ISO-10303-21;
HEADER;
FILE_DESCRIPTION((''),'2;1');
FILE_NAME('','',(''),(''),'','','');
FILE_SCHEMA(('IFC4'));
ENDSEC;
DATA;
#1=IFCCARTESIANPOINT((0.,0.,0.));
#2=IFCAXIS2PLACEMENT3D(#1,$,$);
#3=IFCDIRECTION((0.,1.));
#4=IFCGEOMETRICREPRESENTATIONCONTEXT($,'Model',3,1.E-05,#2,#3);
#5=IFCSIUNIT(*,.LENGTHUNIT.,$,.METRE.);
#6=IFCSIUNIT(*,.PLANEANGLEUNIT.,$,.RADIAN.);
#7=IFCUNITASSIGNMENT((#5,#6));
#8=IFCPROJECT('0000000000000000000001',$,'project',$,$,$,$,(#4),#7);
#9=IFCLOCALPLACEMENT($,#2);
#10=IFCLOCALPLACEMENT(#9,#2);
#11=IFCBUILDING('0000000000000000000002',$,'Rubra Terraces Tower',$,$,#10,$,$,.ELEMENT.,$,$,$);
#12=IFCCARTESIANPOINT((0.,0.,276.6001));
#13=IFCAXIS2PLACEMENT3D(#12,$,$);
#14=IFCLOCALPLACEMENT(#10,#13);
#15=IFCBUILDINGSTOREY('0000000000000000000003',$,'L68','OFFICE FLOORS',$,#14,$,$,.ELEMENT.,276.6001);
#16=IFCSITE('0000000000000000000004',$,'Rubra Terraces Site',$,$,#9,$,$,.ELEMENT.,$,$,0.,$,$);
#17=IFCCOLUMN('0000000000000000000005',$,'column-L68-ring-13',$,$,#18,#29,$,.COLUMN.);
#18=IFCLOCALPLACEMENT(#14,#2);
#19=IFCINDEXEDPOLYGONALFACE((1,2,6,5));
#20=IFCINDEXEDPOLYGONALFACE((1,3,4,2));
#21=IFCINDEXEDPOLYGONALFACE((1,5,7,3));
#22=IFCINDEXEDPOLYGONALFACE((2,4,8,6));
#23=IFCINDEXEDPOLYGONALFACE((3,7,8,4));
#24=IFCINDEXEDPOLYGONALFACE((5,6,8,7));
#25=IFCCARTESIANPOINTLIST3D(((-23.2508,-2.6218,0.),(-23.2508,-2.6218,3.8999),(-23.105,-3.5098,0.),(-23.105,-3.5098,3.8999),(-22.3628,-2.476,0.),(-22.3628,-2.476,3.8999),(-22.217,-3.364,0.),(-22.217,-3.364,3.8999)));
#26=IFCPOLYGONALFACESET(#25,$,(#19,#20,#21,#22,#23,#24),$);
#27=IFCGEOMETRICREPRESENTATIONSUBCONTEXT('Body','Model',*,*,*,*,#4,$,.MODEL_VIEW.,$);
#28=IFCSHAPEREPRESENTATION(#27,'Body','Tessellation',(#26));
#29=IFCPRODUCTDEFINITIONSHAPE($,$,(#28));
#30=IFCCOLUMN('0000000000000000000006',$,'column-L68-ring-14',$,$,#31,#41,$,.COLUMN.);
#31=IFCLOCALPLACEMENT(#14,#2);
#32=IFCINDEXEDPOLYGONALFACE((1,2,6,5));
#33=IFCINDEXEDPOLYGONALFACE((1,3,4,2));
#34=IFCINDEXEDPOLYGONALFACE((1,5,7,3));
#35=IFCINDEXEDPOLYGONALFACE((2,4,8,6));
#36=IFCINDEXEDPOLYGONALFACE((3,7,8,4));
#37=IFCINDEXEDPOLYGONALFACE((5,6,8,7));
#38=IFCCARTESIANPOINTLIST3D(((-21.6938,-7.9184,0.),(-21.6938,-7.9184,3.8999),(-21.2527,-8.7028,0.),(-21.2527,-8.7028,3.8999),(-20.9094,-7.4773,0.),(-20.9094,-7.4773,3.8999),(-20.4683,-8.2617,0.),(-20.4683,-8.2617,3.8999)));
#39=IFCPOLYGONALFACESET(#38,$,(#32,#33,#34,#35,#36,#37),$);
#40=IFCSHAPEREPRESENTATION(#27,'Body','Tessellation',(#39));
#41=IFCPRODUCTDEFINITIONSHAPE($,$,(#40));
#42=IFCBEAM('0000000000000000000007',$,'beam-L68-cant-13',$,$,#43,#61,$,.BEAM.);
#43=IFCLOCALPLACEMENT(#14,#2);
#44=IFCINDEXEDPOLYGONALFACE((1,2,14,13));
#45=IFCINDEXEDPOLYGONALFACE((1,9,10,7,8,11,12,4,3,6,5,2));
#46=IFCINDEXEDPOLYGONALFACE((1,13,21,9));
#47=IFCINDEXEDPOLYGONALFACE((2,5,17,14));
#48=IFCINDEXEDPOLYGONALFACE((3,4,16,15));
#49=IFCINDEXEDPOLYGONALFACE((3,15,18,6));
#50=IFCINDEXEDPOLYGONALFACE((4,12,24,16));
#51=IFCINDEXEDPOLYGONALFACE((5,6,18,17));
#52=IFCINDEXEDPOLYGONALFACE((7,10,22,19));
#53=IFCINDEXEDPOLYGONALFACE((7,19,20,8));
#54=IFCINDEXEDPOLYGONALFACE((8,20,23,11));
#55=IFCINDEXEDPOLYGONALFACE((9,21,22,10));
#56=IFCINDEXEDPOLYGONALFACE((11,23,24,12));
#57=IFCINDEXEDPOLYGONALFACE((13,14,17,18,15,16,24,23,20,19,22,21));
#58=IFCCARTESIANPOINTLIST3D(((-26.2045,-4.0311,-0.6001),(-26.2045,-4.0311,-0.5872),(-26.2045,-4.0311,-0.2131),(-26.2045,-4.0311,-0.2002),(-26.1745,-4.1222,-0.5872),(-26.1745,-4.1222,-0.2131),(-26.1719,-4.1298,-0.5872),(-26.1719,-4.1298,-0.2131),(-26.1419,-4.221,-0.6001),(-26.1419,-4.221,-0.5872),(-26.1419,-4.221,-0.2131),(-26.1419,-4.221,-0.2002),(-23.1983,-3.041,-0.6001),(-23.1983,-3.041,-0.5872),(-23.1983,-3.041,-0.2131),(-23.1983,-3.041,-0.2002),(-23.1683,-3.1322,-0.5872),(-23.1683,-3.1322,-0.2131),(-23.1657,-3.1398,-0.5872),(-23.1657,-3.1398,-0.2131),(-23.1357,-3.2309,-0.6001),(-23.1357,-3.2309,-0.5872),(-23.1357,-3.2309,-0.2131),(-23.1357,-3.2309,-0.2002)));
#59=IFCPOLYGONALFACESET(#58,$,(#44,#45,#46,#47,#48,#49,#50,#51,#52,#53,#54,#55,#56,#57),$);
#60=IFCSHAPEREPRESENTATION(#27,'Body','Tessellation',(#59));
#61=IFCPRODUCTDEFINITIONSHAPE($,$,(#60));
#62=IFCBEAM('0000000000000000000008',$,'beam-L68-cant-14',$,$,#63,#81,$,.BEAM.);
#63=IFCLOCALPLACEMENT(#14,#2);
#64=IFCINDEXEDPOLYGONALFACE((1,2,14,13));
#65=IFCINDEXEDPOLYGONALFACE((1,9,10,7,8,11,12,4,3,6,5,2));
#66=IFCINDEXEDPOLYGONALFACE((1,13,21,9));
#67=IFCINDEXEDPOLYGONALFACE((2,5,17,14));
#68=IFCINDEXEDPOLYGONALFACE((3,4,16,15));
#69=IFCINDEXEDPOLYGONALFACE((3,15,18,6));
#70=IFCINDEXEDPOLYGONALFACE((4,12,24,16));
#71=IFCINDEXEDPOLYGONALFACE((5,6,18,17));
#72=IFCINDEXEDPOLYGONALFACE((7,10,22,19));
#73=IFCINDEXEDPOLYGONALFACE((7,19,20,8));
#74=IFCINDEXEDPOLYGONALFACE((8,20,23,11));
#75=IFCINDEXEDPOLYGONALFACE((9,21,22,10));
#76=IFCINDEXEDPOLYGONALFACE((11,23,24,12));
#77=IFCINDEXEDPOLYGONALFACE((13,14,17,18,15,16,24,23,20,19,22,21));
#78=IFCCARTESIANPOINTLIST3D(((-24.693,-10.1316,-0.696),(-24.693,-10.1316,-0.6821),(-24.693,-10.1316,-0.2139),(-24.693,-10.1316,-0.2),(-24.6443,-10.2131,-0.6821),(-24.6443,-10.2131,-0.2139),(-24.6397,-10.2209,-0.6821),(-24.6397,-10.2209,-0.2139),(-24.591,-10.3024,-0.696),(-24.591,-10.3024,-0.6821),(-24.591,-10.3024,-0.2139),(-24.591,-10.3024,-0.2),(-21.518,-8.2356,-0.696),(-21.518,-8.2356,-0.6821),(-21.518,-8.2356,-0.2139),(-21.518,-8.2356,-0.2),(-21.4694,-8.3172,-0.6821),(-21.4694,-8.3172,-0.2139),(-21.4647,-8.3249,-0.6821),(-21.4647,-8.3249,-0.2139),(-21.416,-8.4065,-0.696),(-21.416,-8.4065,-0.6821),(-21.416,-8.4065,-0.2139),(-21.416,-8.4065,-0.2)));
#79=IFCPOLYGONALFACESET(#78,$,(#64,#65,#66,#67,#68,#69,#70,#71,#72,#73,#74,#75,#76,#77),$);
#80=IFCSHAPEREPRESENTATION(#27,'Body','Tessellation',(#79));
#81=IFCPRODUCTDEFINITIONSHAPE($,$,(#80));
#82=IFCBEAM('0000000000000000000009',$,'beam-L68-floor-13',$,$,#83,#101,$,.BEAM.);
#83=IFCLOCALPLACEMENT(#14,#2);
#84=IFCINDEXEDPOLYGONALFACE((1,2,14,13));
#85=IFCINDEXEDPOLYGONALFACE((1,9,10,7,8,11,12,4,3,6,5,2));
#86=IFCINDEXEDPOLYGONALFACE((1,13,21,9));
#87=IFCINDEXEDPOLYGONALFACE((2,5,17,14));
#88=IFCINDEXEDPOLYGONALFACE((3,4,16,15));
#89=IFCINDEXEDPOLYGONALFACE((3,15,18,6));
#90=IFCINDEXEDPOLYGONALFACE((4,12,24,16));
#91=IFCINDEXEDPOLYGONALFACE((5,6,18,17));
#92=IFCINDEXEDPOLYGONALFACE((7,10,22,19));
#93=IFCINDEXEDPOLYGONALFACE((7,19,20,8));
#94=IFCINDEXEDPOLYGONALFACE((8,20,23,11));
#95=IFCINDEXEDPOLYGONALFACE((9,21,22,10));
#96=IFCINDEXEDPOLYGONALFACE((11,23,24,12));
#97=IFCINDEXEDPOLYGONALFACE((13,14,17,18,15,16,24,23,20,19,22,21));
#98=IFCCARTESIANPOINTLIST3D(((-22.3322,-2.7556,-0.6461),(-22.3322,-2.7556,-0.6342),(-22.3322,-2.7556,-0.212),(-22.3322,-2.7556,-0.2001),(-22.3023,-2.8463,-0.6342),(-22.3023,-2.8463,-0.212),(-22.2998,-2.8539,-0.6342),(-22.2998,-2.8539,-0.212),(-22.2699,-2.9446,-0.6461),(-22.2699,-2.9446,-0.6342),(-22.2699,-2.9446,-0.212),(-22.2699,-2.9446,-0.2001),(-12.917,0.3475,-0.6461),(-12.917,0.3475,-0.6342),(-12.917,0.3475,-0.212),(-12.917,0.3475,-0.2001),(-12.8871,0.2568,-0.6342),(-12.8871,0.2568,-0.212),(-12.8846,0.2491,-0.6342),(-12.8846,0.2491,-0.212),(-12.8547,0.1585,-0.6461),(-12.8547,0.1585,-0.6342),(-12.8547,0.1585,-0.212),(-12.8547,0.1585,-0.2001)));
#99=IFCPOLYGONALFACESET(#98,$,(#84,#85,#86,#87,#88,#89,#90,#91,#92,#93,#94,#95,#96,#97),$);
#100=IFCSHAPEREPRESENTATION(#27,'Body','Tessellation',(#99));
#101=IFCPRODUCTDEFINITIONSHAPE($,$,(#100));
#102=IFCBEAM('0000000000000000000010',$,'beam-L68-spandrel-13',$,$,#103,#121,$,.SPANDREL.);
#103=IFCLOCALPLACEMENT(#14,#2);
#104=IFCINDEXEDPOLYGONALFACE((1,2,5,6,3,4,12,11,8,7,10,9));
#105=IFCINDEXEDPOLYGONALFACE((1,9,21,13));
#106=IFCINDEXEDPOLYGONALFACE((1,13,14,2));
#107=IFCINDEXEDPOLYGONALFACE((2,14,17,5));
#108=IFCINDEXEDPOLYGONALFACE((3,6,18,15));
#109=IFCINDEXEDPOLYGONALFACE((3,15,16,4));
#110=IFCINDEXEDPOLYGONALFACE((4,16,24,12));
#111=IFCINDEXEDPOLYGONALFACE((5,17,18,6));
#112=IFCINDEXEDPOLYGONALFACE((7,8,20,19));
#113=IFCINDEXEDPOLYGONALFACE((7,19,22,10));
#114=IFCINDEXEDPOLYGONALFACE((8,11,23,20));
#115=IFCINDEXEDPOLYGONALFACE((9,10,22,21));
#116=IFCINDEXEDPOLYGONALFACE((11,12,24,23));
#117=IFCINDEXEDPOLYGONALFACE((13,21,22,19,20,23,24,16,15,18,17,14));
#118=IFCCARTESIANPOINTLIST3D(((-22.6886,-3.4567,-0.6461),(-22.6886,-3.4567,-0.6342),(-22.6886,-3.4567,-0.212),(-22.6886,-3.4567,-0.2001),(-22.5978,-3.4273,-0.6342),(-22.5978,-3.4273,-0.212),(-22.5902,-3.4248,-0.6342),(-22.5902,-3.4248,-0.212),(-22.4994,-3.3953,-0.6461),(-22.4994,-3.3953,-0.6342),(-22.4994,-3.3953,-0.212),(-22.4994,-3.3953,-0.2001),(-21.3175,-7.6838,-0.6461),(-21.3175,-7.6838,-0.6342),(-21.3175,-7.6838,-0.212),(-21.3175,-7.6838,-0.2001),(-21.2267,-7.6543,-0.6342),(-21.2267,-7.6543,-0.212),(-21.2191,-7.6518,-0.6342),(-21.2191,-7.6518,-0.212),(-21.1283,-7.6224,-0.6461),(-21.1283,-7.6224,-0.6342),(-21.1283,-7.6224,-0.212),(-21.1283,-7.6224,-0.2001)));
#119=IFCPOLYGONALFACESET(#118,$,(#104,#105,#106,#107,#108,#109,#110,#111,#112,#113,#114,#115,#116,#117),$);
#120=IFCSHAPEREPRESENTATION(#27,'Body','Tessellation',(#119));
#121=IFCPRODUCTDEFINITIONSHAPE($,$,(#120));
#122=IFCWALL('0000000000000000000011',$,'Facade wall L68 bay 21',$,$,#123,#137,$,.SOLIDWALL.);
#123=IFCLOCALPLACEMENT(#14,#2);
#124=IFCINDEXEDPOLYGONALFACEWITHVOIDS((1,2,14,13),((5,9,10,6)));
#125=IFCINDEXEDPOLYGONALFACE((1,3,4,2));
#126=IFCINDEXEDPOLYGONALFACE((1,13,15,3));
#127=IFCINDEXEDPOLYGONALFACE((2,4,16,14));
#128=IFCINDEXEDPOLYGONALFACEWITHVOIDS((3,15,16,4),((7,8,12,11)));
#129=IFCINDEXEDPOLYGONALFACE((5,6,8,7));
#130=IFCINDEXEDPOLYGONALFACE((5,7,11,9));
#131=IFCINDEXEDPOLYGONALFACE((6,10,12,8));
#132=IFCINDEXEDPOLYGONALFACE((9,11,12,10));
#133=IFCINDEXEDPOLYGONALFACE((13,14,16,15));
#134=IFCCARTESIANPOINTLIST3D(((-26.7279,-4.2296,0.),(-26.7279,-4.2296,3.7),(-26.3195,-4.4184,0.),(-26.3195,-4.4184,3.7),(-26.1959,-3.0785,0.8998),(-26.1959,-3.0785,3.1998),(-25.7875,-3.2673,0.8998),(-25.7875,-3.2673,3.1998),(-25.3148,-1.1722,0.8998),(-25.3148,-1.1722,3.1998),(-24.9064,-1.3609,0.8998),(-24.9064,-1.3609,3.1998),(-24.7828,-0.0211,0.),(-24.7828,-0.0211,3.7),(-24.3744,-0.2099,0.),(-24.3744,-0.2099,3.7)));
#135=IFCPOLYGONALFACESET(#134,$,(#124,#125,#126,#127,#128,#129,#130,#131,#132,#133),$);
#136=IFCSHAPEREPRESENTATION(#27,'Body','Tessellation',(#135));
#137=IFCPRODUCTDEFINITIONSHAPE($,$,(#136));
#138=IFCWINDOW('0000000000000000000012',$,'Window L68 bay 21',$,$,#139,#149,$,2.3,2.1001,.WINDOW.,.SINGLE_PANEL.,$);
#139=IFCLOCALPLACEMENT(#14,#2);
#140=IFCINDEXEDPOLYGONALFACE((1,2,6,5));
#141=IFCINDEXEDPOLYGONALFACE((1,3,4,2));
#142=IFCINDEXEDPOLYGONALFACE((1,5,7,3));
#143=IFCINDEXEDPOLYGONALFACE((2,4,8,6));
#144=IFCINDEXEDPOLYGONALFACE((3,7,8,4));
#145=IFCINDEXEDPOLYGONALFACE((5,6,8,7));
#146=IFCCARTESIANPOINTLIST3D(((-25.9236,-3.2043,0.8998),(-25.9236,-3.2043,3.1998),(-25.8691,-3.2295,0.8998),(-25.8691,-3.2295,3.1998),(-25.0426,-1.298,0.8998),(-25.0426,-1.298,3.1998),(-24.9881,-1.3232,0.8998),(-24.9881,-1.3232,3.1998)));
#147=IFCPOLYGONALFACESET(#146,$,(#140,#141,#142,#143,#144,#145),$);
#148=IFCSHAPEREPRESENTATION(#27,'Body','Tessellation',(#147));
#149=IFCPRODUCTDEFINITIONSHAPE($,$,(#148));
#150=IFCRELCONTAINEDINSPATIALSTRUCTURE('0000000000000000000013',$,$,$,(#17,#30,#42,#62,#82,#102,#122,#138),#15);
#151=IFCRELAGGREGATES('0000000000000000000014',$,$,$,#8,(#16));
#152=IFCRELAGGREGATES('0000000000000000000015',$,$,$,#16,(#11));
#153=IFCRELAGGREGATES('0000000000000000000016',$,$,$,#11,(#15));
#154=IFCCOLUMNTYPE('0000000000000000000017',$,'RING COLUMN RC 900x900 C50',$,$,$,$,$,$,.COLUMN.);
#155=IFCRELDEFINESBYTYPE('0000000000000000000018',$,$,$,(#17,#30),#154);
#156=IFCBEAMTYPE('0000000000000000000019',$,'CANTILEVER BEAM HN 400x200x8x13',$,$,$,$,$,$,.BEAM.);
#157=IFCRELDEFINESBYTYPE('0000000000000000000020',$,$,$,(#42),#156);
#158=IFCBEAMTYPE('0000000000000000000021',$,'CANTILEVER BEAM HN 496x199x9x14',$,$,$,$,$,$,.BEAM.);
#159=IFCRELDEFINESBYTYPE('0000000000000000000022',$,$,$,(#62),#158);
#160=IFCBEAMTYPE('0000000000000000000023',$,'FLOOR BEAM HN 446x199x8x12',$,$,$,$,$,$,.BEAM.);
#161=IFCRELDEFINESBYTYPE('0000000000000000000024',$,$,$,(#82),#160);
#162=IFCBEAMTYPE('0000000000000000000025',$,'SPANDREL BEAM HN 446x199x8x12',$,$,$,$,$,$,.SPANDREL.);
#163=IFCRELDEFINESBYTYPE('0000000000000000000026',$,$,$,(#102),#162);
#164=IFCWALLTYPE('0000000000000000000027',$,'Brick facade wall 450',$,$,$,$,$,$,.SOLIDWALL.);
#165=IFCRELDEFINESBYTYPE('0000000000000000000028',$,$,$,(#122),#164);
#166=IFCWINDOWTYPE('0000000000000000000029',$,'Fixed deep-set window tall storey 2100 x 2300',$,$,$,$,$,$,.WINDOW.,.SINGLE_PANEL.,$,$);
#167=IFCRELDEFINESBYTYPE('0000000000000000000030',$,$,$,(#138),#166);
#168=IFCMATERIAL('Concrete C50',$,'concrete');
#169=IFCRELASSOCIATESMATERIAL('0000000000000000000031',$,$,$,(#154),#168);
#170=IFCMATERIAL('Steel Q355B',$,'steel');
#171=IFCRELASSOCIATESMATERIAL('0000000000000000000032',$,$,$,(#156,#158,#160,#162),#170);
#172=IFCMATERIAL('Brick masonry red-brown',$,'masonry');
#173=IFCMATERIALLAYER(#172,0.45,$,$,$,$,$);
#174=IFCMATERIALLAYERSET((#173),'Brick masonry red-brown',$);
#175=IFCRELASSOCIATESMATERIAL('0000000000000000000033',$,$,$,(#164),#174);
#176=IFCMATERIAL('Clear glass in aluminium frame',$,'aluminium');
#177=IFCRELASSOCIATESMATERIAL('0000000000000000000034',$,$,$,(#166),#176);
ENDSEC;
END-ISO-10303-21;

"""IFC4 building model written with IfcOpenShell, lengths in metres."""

from ifc_helpers import new_model, si_unit, direction, frame, frame_2d, origin, origin_2d, place, context, subcontext, project, spatial, rectangle, i_section, extrude, material, layer, layer_set, material_profile, profile_set, type_object, element, fill, save


model = new_model("IFC4")

# Units and contexts
model_context = context("Model", 3, precision=1e-05, world=origin(), true_north=direction((0.0, 1.0)))
body_context = subcontext(model_context, "Body", "Model", "MODEL_VIEW")
ifc_project = project(units=[si_unit("LENGTHUNIT", "METRE"), si_unit("PLANEANGLEUNIT", "RADIAN")], contexts=[model_context])

# Site, building, storey
site_placement = place(None, origin())
site = spatial("IfcSite", under=ifc_project, at=site_placement, Name="Rubra Terraces Site", CompositionType="ELEMENT", RefElevation=0.0)
building_placement = place(site_placement, origin())
building = spatial("IfcBuilding", under=site, at=building_placement, Name="Rubra Terraces Tower", CompositionType="ELEMENT")
storey_placement = place(building_placement, frame((0.0, 0.0, 276.6001)))
storey = spatial("IfcBuildingStorey", under=building, at=storey_placement, Name="L68", Description="OFFICE FLOORS", CompositionType="ELEMENT", Elevation=276.6001)

# Columns
ifc_material_1 = material(Name="Concrete C50", Category="concrete")
ifc_material_profile_1 = material_profile(ifc_material_1, rectangle(XDim=0.8999, YDim=0.8999, at=origin_2d()), Name="RC 900x900")
ifc_profile_set_1 = profile_set([ifc_material_profile_1], Name="Concrete C50")
column_type = type_object("IfcColumnType", Name="RING COLUMN RC 900x900 C50", PredefinedType="COLUMN", material=ifc_profile_set_1)
for number, where, z_axis, x_axis, name in (
    (1, (-22.7339, -2.9929, 0.0), (0.0, 0.0, 1.0), (0.162062, -0.986781, 0.0), "column-L68-ring-13"),
    (2, (-21.0811, -8.0901, 0.0), (0.0, 0.0, 1.0), (0.490162, -0.871631, 0.0), "column-L68-ring-14"),
):
    element("IfcColumn", number, at=place(storey_placement, frame(where, z_axis=z_axis, x_axis=x_axis)), inside=storey, type_object=column_type, Name=name, PredefinedType="COLUMN", context=body_context, shape_type="SweptSolid", body=[
        extrude(rectangle(XDim=0.8999, YDim=0.8999, at=origin_2d()), origin(), (0.0, 0.0, 1.0), 3.8999),
    ])

# Beams
ifc_material_2 = material(Name="Steel Q355B", Category="steel")
ifc_material_profile_2 = material_profile(ifc_material_2, i_section(OverallWidth=0.2, OverallDepth=0.3999, WebThickness=0.0081, FlangeThickness=0.0129, at=origin_2d()), Name="HN 400x200x8x13")
ifc_profile_set_2 = profile_set([ifc_material_profile_2], Name="Steel Q355B")
beam_type_1 = type_object("IfcBeamType", Name="CANTILEVER BEAM HN 400x200x8x13", PredefinedType="BEAM", material=ifc_profile_set_2)
beam_1_placement = place(storey_placement, frame((-23.167, -3.136, -0.4001), z_axis=(-0.949819, -0.312801, 0.0), x_axis=(0.312801, -0.949819, 0.0)))
element("IfcBeam", 3, at=beam_1_placement, inside=storey, type_object=beam_type_1, Name="beam-L68-cant-13", PredefinedType="BEAM", context=body_context, shape_type="SweptSolid", body=[
    extrude(i_section(OverallWidth=0.2, OverallDepth=0.3999, WebThickness=0.0081, FlangeThickness=0.0129, at=origin_2d()), origin(), (0.0, 0.0, 1.0), 3.165),
])
ifc_material_profile_3 = material_profile(ifc_material_2, i_section(OverallWidth=0.199, OverallDepth=0.4961, WebThickness=0.009, FlangeThickness=0.0139, at=origin_2d()), Name="HN 496x199x9x14")
ifc_profile_set_3 = profile_set([ifc_material_profile_3], Name="Steel Q355B")
beam_type_2 = type_object("IfcBeamType", Name="CANTILEVER BEAM HN 496x199x9x14", PredefinedType="BEAM", material=ifc_profile_set_3)
beam_2_placement = place(storey_placement, frame((-21.467, -8.321, -0.448), z_axis=(-0.858569, -0.512699, 0.0), x_axis=(0.512699, -0.858569, 0.0)))
element("IfcBeam", 4, at=beam_2_placement, inside=storey, type_object=beam_type_2, Name="beam-L68-cant-14", PredefinedType="BEAM", context=body_context, shape_type="SweptSolid", body=[
    extrude(i_section(OverallWidth=0.199, OverallDepth=0.4961, WebThickness=0.009, FlangeThickness=0.0139, at=origin_2d()), origin(), (0.0, 0.0, 1.0), 3.698),
])
ifc_material_profile_4 = material_profile(ifc_material_2, i_section(OverallWidth=0.199, OverallDepth=0.446, WebThickness=0.0081, FlangeThickness=0.012, at=origin_2d()), Name="HN 446x199x8x12")
ifc_profile_set_4 = profile_set([ifc_material_profile_4], Name="Steel Q355B")
beam_type_3 = type_object("IfcBeamType", Name="FLOOR BEAM HN 446x199x8x12", PredefinedType="BEAM", material=ifc_profile_set_4)
beam_3_placement = place(storey_placement, frame((-22.301, -2.8501, -0.4231), z_axis=(0.949747, 0.313019, 0.0), x_axis=(-0.313019, 0.949747, 0.0)))
element("IfcBeam", 5, at=beam_3_placement, inside=storey, type_object=beam_type_3, Name="beam-L68-floor-13", PredefinedType="BEAM", context=body_context, shape_type="SweptSolid", body=[
    extrude(i_section(OverallWidth=0.199, OverallDepth=0.446, WebThickness=0.0081, FlangeThickness=0.012, at=origin_2d()), origin(), (0.0, 0.0, 1.0), 9.9133),
])
ifc_material_profile_5 = material_profile(ifc_material_2, i_section(OverallWidth=0.199, OverallDepth=0.446, WebThickness=0.0081, FlangeThickness=0.012, at=origin_2d()), Name="HN 446x199x8x12")
ifc_profile_set_5 = profile_set([ifc_material_profile_5], Name="Steel Q355B")
beam_type_4 = type_object("IfcBeamType", Name="SPANDREL BEAM HN 446x199x8x12", PredefinedType="SPANDREL", material=ifc_profile_set_5)
beam_4_placement = place(storey_placement, frame((-22.594, -3.426, -0.4231), z_axis=(0.308537, -0.951212, 0.0), x_axis=(0.951212, 0.308537, 0.0)))
element("IfcBeam", 6, at=beam_4_placement, inside=storey, type_object=beam_type_4, Name="beam-L68-spandrel-13", PredefinedType="SPANDREL", context=body_context, shape_type="SweptSolid", body=[
    extrude(i_section(OverallWidth=0.199, OverallDepth=0.446, WebThickness=0.0081, FlangeThickness=0.012, at=origin_2d()), origin(), (0.0, 0.0, 1.0), 4.4438),
])

# Wall, opening, window
ifc_material_3 = material(Name="Brick masonry red-brown", Category="masonry")
ifc_layer_1 = layer(ifc_material_3, 0.45)
ifc_layer_set_1 = layer_set([ifc_layer_1], Name="Brick masonry red-brown")
wall_type_1 = type_object("IfcWallType", Name="Brick facade wall 450", PredefinedType="SOLIDWALL", material=ifc_layer_set_1)
wall_1_placement = place(storey_placement, frame((-24.5786, -0.1155, 0.0), z_axis=(0.0, 0.0, 1.0), x_axis=(-0.419536, -0.907739, 0.0)))
wall_1 = element("IfcWall", 7, at=wall_1_placement, inside=storey, type_object=wall_type_1, Name="Facade wall L68 bay 21", PredefinedType="SOLIDWALL", context=body_context, shape_type="SweptSolid", body=[
    extrude(rectangle(XDim=4.6362, YDim=0.45, at=frame_2d((2.3181, 0.0))), origin(), (0.0, 0.0, 1.0), 3.7),
])
opening_1_placement = place(wall_1_placement, frame((1.2681, 0.0, 0.8999)))
opening_1 = element("IfcOpeningElement", 8, at=opening_1_placement, cuts=wall_1, PredefinedType="OPENING", context=body_context, shape_type="SweptSolid", body=[
    extrude(rectangle(XDim=2.1001, YDim=2.3, at=frame_2d((1.05, 1.1499))), frame((0.0, 0.2349, 0.0), z_axis=(0.0, -1.0, 0.0), x_axis=(1.0, 0.0, 0.0)), (0.0, 0.0, 1.0), 0.47),
])
ifc_material_4 = material(Name="Clear glass in aluminium frame", Category="aluminium")
window_type = type_object("IfcWindowType", Name="Fixed deep-set window tall storey 2100 x 2300", PartitioningType="SINGLE_PANEL", PredefinedType="WINDOW", material=ifc_material_4)
window_1_placement = place(opening_1_placement, origin())
window_1 = element("IfcWindow", 9, at=window_1_placement, inside=storey, type_object=window_type, Name="Window L68 bay 21", OverallHeight=2.3, OverallWidth=2.1001, PartitioningType="SINGLE_PANEL", PredefinedType="WINDOW", context=body_context, shape_type="SweptSolid", body=[
    extrude(rectangle(XDim=2.1001, YDim=2.3, at=frame_2d((1.05, 1.1499))), frame((0.0, 0.135, 0.0), z_axis=(0.0, -1.0, 0.0), x_axis=(1.0, 0.0, 0.0)), (0.0, 0.0, 1.0), 0.0601),
])
fill(opening_1, window_1)

save(model, "model.ifc")
